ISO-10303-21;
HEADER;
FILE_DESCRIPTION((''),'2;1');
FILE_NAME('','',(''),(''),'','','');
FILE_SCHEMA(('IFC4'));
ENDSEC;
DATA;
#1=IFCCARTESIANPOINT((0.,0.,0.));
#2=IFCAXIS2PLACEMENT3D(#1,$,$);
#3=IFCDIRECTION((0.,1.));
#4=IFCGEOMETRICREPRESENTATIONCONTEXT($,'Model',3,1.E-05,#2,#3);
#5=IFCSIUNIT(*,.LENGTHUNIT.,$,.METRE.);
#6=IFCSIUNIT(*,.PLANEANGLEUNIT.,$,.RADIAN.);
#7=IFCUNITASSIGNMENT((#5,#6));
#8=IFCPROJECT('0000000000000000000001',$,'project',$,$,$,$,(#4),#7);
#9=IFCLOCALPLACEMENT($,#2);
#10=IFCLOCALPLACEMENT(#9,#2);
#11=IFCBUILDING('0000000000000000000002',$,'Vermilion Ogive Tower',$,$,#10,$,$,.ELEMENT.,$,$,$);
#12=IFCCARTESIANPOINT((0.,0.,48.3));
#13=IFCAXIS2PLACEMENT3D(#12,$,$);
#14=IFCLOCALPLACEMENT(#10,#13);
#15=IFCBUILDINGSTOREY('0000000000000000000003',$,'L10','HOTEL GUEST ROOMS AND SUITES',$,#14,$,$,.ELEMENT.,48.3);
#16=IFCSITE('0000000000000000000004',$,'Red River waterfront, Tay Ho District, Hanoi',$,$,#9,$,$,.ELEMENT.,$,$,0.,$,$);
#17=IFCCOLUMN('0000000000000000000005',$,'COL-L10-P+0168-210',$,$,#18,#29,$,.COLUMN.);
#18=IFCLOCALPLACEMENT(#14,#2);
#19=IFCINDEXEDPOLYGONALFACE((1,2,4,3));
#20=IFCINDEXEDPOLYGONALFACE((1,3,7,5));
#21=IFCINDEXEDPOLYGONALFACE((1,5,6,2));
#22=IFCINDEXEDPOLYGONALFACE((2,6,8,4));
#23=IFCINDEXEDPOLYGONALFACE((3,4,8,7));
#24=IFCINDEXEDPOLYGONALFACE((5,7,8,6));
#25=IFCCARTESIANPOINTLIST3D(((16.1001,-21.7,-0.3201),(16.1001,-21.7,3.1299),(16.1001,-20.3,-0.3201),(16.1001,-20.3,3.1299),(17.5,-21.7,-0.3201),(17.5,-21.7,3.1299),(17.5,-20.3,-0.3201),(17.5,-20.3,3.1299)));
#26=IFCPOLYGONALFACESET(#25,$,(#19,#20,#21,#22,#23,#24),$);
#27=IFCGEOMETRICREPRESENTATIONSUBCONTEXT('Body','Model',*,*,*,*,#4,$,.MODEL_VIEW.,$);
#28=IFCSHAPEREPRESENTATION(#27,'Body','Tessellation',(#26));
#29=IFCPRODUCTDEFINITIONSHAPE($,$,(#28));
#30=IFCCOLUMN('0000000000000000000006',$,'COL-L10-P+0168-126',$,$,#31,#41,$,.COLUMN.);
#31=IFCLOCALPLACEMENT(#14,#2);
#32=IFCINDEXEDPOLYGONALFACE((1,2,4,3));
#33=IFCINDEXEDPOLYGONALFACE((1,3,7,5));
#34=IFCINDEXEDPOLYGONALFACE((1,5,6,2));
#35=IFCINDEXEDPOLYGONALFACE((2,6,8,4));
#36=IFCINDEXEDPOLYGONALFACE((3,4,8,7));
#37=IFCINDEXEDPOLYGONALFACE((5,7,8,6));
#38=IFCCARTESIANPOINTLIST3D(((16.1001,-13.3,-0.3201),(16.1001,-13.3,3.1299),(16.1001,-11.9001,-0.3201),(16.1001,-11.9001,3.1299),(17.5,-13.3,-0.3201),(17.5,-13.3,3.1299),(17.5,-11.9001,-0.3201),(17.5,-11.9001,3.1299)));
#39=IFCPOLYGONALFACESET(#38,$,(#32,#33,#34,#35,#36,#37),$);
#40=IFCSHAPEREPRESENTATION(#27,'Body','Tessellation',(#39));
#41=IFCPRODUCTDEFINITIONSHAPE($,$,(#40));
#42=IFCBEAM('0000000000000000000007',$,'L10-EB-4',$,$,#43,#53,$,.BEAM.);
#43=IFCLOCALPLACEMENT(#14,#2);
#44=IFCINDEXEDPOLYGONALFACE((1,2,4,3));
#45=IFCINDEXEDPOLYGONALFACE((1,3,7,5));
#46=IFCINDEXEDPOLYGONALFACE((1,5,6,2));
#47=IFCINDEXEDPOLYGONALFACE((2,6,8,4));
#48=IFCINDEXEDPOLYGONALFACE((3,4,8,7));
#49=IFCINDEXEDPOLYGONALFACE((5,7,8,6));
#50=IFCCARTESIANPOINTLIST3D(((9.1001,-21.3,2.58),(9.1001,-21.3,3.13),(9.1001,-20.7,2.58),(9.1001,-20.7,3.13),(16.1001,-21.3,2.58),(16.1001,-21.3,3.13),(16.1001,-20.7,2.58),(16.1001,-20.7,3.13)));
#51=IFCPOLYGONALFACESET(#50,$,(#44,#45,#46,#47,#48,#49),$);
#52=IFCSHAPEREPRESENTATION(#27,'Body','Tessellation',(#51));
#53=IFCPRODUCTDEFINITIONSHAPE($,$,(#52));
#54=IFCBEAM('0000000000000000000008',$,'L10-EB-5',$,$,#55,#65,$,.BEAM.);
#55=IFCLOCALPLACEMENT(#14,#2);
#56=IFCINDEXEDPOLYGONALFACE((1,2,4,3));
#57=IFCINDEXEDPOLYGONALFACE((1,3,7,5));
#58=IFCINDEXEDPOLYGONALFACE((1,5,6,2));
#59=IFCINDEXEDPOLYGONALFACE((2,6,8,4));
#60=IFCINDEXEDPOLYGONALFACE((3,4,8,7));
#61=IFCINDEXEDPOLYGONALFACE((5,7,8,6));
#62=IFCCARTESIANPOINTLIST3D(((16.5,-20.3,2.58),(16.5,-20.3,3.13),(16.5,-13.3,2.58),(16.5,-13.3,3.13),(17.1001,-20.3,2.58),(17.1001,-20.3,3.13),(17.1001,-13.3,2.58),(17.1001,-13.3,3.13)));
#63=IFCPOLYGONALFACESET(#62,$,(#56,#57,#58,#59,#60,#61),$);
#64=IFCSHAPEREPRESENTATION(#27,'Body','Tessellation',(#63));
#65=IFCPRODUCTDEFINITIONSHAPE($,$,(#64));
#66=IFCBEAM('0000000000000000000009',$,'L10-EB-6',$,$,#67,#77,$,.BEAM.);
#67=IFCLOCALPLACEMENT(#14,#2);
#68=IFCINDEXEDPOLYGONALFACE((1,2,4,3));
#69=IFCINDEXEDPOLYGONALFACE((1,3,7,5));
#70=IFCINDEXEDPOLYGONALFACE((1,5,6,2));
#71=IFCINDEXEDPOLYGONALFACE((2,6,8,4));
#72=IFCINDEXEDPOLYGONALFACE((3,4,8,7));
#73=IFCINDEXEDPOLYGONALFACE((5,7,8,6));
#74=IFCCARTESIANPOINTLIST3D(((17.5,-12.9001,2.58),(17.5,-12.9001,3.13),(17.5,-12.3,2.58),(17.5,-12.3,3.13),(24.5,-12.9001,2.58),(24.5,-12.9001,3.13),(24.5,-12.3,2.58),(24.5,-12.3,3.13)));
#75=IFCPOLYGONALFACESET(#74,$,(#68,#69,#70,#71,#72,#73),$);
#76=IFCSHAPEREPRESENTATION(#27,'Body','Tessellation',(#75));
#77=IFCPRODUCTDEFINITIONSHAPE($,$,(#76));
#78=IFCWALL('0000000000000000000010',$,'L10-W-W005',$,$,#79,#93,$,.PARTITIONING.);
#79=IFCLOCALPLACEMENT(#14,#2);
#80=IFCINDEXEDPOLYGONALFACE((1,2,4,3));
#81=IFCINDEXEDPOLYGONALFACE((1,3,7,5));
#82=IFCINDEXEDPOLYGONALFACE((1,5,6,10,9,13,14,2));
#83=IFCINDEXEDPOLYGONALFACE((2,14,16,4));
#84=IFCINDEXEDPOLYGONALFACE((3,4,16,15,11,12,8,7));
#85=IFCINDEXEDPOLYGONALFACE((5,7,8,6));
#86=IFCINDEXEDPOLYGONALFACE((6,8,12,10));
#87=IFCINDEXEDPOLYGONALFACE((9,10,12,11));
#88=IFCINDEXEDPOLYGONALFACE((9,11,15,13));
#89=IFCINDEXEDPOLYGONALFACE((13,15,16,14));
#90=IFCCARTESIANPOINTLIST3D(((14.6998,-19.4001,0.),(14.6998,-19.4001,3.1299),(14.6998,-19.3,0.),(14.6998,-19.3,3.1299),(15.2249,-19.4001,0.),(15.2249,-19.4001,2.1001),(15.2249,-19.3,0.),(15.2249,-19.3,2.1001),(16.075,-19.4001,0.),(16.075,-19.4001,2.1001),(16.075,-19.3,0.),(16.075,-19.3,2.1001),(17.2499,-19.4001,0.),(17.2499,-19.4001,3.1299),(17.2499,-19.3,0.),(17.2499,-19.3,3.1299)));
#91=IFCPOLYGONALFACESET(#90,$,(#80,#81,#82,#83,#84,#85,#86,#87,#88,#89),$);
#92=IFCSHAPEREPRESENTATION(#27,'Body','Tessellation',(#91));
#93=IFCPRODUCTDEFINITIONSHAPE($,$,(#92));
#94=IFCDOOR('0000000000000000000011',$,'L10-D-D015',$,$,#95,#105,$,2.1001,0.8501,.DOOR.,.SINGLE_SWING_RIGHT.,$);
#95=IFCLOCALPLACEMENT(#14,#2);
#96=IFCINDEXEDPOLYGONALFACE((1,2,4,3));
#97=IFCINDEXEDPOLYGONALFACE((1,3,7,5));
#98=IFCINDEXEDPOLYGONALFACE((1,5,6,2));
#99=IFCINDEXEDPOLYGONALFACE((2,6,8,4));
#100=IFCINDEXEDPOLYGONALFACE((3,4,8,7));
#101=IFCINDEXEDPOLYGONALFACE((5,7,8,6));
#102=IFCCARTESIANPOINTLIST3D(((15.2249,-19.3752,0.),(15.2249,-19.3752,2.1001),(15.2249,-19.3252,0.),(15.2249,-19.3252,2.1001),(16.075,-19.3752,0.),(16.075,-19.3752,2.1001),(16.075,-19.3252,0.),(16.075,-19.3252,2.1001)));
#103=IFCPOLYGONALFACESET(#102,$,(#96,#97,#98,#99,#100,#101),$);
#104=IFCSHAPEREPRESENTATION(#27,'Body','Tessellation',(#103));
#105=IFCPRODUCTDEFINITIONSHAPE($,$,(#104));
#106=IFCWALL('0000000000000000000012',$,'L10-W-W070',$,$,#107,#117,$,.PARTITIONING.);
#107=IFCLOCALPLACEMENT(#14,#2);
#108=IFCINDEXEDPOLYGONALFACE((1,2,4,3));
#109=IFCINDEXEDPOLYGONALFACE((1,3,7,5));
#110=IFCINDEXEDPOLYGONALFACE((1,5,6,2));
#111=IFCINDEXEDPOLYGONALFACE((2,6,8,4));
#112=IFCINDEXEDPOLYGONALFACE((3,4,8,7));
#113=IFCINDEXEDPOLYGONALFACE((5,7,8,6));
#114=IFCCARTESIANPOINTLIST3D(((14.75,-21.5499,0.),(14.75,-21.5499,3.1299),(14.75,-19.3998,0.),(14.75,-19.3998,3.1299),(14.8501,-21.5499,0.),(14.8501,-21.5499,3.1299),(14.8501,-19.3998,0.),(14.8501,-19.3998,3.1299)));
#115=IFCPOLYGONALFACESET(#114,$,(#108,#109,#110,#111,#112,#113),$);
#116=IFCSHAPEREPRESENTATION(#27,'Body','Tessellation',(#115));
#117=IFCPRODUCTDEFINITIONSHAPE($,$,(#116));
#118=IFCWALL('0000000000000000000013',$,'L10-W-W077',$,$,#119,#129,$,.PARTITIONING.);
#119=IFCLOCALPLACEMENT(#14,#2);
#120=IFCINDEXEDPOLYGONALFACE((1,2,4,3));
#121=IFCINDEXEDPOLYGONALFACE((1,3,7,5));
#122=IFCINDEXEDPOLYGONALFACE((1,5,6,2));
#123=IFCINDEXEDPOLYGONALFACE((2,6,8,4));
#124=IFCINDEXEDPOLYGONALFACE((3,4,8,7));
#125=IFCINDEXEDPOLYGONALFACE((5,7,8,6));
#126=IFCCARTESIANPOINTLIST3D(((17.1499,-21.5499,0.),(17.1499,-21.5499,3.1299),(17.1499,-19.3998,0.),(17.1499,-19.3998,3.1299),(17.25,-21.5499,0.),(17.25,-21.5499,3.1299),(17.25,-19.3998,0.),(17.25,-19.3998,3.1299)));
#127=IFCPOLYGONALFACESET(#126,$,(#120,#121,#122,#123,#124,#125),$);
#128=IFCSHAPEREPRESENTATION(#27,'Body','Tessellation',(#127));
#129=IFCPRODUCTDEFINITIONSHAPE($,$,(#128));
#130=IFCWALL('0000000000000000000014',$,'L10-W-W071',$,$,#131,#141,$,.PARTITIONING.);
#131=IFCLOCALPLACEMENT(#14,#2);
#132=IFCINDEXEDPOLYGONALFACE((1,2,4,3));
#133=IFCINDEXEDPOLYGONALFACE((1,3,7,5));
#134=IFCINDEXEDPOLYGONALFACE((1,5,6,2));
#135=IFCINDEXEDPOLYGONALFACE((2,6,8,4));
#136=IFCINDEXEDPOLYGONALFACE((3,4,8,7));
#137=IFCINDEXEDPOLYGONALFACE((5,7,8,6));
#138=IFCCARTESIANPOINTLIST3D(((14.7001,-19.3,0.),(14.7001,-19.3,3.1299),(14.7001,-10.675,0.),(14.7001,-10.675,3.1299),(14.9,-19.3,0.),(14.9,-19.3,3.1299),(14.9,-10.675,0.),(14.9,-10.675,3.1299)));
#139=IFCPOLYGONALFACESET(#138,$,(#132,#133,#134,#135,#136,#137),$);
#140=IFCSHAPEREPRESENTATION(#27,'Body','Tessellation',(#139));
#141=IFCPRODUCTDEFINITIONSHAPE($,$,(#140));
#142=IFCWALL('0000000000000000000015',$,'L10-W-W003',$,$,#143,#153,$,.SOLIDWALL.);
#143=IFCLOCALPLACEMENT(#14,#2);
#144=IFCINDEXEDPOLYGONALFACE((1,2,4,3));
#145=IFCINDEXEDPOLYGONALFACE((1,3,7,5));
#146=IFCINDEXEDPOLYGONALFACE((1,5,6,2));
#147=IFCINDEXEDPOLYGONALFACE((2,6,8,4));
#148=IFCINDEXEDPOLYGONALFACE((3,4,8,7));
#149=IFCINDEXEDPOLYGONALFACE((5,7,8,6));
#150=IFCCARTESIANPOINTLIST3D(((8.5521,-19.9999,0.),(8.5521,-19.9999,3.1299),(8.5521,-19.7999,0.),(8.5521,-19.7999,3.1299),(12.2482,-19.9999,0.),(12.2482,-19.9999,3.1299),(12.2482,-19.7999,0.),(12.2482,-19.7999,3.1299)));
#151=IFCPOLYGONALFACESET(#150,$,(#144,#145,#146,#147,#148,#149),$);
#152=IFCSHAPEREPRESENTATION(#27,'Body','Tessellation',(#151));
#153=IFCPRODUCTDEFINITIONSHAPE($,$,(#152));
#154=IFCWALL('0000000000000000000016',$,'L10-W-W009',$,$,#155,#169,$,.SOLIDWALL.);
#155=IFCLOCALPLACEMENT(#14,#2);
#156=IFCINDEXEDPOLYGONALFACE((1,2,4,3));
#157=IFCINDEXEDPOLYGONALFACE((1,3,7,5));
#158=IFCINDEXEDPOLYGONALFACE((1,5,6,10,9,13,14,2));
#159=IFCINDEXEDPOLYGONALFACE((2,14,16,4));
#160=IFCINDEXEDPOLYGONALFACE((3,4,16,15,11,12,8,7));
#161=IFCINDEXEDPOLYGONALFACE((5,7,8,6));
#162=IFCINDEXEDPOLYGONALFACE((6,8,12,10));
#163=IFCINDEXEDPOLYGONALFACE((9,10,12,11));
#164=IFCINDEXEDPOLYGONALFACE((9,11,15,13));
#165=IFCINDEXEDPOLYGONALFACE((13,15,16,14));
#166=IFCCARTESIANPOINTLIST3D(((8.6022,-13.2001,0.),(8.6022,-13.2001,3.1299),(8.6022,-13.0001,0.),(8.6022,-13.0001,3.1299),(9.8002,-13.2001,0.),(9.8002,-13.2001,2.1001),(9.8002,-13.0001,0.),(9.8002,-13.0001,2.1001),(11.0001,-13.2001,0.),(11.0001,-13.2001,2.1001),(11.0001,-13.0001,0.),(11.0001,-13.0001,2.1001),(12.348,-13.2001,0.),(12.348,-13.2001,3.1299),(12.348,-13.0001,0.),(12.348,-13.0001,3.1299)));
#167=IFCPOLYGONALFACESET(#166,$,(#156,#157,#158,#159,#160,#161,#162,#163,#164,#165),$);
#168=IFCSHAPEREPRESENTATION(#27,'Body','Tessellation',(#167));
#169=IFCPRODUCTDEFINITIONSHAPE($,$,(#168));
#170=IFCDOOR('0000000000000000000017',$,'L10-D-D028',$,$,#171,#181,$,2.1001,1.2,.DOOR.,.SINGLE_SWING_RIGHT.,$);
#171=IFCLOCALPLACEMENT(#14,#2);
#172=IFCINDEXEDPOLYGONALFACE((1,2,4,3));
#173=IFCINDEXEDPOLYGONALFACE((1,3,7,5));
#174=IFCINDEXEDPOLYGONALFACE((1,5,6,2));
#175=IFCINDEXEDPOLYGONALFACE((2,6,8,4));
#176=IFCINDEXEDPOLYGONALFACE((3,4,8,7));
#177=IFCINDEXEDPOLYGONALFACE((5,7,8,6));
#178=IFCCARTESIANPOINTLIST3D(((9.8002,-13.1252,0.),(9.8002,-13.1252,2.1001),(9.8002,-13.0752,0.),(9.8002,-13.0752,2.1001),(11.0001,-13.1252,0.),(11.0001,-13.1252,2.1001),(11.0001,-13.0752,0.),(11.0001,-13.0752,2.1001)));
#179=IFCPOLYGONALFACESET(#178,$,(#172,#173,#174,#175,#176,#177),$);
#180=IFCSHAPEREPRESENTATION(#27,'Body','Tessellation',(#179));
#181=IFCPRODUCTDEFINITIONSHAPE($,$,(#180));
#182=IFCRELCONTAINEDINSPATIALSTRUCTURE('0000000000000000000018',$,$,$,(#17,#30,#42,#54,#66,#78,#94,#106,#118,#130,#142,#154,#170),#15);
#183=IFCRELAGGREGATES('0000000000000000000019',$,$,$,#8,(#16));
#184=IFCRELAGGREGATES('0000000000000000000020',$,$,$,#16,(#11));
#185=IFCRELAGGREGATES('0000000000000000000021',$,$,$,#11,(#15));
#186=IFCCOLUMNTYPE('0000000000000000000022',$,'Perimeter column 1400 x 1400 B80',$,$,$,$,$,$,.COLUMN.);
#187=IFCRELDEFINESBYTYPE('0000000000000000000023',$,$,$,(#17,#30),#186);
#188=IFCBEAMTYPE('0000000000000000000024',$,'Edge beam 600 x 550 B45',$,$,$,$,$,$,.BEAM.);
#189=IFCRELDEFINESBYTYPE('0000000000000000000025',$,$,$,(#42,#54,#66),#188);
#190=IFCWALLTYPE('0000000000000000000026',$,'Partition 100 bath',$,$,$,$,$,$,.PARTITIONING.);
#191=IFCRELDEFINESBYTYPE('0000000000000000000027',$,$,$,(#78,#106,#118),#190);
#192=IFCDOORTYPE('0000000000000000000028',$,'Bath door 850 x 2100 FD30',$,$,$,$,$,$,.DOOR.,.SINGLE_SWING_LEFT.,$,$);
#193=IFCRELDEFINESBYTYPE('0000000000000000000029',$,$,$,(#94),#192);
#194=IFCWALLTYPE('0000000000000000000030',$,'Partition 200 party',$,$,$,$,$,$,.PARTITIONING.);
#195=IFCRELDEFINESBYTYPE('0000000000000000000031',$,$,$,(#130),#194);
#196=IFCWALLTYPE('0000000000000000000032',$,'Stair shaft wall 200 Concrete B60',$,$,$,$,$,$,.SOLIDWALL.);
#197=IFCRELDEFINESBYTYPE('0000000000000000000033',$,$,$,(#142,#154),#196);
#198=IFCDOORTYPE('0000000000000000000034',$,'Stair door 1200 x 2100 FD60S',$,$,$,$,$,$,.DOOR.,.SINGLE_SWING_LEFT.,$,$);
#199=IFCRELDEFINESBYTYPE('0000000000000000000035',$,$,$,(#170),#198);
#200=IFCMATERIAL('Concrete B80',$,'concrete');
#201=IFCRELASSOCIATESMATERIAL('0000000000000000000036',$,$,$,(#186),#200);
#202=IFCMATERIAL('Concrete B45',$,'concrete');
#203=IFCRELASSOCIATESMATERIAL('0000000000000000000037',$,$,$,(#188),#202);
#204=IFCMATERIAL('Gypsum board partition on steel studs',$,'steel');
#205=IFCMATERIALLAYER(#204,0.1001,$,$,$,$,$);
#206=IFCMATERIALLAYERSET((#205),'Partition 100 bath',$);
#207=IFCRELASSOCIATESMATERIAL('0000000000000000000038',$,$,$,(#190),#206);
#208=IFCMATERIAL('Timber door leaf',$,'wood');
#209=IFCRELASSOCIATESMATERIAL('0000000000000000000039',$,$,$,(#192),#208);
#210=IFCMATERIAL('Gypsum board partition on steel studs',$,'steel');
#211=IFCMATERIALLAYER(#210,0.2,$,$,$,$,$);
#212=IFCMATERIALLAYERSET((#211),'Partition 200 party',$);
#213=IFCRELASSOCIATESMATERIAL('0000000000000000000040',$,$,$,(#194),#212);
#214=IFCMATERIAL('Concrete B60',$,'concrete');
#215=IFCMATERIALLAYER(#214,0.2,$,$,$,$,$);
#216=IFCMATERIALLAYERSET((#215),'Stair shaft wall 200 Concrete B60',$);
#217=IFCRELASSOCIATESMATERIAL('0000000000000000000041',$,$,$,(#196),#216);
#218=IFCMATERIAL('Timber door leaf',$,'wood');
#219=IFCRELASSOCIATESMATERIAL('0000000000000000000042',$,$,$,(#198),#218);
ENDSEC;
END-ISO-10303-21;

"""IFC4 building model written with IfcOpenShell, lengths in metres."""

from ifc_helpers import new_model, si_unit, direction, frame, frame_2d, origin, origin_2d, place, context, subcontext, project, spatial, rectangle, extrude, material, layer, layer_set, material_profile, profile_set, type_object, element, fill, save


model = new_model("IFC4")

# Units and contexts
model_context = context("Model", 3, precision=1e-05, world=origin(), true_north=direction((0.0, 1.0)))
body_context = subcontext(model_context, "Body", "Model", "MODEL_VIEW")
ifc_project = project(units=[si_unit("LENGTHUNIT", "METRE"), si_unit("PLANEANGLEUNIT", "RADIAN")], contexts=[model_context])

# Site, building, storey
site_placement = place(None, origin())
site = spatial("IfcSite", under=ifc_project, at=site_placement, Name="Red River waterfront, Tay Ho District, Hanoi", CompositionType="ELEMENT", RefElevation=0.0)
building_placement = place(site_placement, origin())
building = spatial("IfcBuilding", under=site, at=building_placement, Name="Vermilion Ogive Tower", CompositionType="ELEMENT")
storey_placement = place(building_placement, frame((0.0, 0.0, 48.3)))
storey = spatial("IfcBuildingStorey", under=building, at=storey_placement, Name="L10", Description="HOTEL GUEST ROOMS AND SUITES", CompositionType="ELEMENT", Elevation=48.3)

# Columns
ifc_material_1 = material(Name="Concrete B80", Category="concrete")
ifc_material_profile_1 = material_profile(ifc_material_1, rectangle(XDim=1.3999, YDim=1.3999, at=origin_2d()), Name="1400 x 1400")
ifc_profile_set_1 = profile_set([ifc_material_profile_1], Name="Concrete B80")
column_type = type_object("IfcColumnType", Name="Perimeter column 1400 x 1400 B80", PredefinedType="COLUMN", material=ifc_profile_set_1)
for number, where, z_axis, x_axis, name in (
    (1, (16.8, -21.0, -0.3201), (0.0, 0.0, 1.0), (1.0, 0.0, 0.0), "COL-L10-P+0168-210"),
    (2, (16.8, -12.6001, -0.3201), (0.0, 0.0, 1.0), (1.0, 0.0, 0.0), "COL-L10-P+0168-126"),
):
    element("IfcColumn", number, at=place(storey_placement, frame(where, z_axis=z_axis, x_axis=x_axis)), inside=storey, type_object=column_type, Name=name, PredefinedType="COLUMN", context=body_context, shape_type="SweptSolid", body=[
        extrude(rectangle(XDim=1.3999, YDim=1.3999, at=origin_2d()), origin(), (0.0, 0.0, 1.0), 3.45),
    ])

# Beams
ifc_material_2 = material(Name="Concrete B45", Category="concrete")
ifc_material_profile_2 = material_profile(ifc_material_2, rectangle(XDim=0.6001, YDim=0.55, at=origin_2d()), Name="600 x 550")
ifc_profile_set_2 = profile_set([ifc_material_profile_2], Name="Concrete B45")
beam_type = type_object("IfcBeamType", Name="Edge beam 600 x 550 B45", PredefinedType="BEAM", material=ifc_profile_set_2)
for number, where, z_axis, x_axis, name in (
    (3, (9.1001, -21.0, 2.855), (1.0, 0.0, 0.0), (0.0, 1.0, 0.0), "L10-EB-4"),
    (4, (16.8, -20.3, 2.855), (0.0, 1.0, 0.0), (-1.0, 0.0, 0.0), "L10-EB-5"),
    (5, (17.5, -12.6001, 2.855), (1.0, 0.0, 0.0), (0.0, 1.0, 0.0), "L10-EB-6"),
):
    element("IfcBeam", number, at=place(storey_placement, frame(where, z_axis=z_axis, x_axis=x_axis)), inside=storey, type_object=beam_type, Name=name, PredefinedType="BEAM", context=body_context, shape_type="SweptSolid", body=[
        extrude(rectangle(XDim=0.6001, YDim=0.55, at=origin_2d()), origin(), (0.0, 0.0, 1.0), 7.0),
    ])

# Wall, opening, door
ifc_material_3 = material(Name="Gypsum board partition on steel studs", Category="steel")
ifc_layer_1 = layer(ifc_material_3, 0.1001)
ifc_layer_set_1 = layer_set([ifc_layer_1], Name="Partition 100 bath")
wall_type_1 = type_object("IfcWallType", Name="Partition 100 bath", PredefinedType="PARTITIONING", material=ifc_layer_set_1)
wall_1_placement = place(storey_placement, frame((14.7, -19.3501, 0.0), z_axis=(0.0, 0.0, 1.0), x_axis=(1.0, 0.0, 0.0)))
wall_1 = element("IfcWall", 6, at=wall_1_placement, inside=storey, type_object=wall_type_1, Name="L10-W-W005", PredefinedType="PARTITIONING", context=body_context, shape_type="SweptSolid", body=[
    extrude(rectangle(XDim=2.55, YDim=0.1001, at=frame_2d((1.2749, 0.0))), origin(), (0.0, 0.0, 1.0), 3.1299),
])
opening_1_placement = place(wall_1_placement, frame((0.5249, 0.0, 0.0)))
opening_1 = element("IfcOpeningElement", 7, at=opening_1_placement, cuts=wall_1, PredefinedType="OPENING", context=body_context, shape_type="SweptSolid", body=[
    extrude(rectangle(XDim=0.8501, YDim=2.1001, at=frame_2d((0.425, 1.05))), frame((0.0, 0.0601, 0.0), z_axis=(0.0, -1.0, 0.0), x_axis=(1.0, 0.0, 0.0)), (0.0, 0.0, 1.0), 0.1201),
])
ifc_material_4 = material(Name="Timber door leaf", Category="wood")
door_type_1 = type_object("IfcDoorType", Name="Bath door 850 x 2100 FD30", OperationType="SINGLE_SWING_LEFT", PredefinedType="DOOR", material=ifc_material_4)
door_1_placement = place(opening_1_placement, origin())
door_1 = element("IfcDoor", 8, at=door_1_placement, inside=storey, type_object=door_type_1, Name="L10-D-D015", OperationType="SINGLE_SWING_RIGHT", OverallHeight=2.1001, OverallWidth=0.8501, PredefinedType="DOOR", context=body_context, shape_type="SweptSolid", body=[
    extrude(rectangle(XDim=0.8501, YDim=2.1001, at=frame_2d((0.425, 1.05))), frame((0.0, 0.0249, 0.0), z_axis=(0.0, -1.0, 0.0), x_axis=(1.0, 0.0, 0.0)), (0.0, 0.0, 1.0), 0.05),
])
fill(opening_1, door_1)

# Walls
for number, where, z_axis, x_axis, name in (
    (9, (14.8, -21.55, 0.0), (0.0, 0.0, 1.0), (0.0, 1.0, 0.0), "L10-W-W070"),
    (10, (17.2, -21.55, 0.0), (0.0, 0.0, 1.0), (0.0, 1.0, 0.0), "L10-W-W077"),
):
    element("IfcWall", number, at=place(storey_placement, frame(where, z_axis=z_axis, x_axis=x_axis)), inside=storey, type_object=wall_type_1, Name=name, PredefinedType="PARTITIONING", context=body_context, shape_type="SweptSolid", body=[
        extrude(rectangle(XDim=2.1501, YDim=0.1001, at=frame_2d((1.0752, 0.0))), origin(), (0.0, 0.0, 1.0), 3.1299),
    ])
ifc_material_5 = material(Name="Gypsum board partition on steel studs", Category="steel")
ifc_layer_2 = layer(ifc_material_5, 0.2)
ifc_layer_set_2 = layer_set([ifc_layer_2], Name="Partition 200 party")
wall_type_2 = type_object("IfcWallType", Name="Partition 200 party", PredefinedType="PARTITIONING", material=ifc_layer_set_2)
wall_2_placement = place(storey_placement, frame((14.8, -19.3, 0.0), z_axis=(0.0, 0.0, 1.0), x_axis=(0.0, 1.0, 0.0)))
element("IfcWall", 11, at=wall_2_placement, inside=storey, type_object=wall_type_2, Name="L10-W-W071", PredefinedType="PARTITIONING", context=body_context, shape_type="SweptSolid", body=[
    extrude(rectangle(XDim=8.625, YDim=0.2, at=frame_2d((4.3125, 0.0))), origin(), (0.0, 0.0, 1.0), 3.1299),
])
ifc_material_6 = material(Name="Concrete B60", Category="concrete")
ifc_layer_3 = layer(ifc_material_6, 0.2)
ifc_layer_set_3 = layer_set([ifc_layer_3], Name="Stair shaft wall 200 Concrete B60")
wall_type_3 = type_object("IfcWallType", Name="Stair shaft wall 200 Concrete B60", PredefinedType="SOLIDWALL", material=ifc_layer_set_3)
wall_3_placement = place(storey_placement, frame((8.552, -19.8999, 0.0), z_axis=(0.0, 0.0, 1.0), x_axis=(1.0, 0.0, 0.0)))
element("IfcWall", 12, at=wall_3_placement, inside=storey, type_object=wall_type_3, Name="L10-W-W003", PredefinedType="SOLIDWALL", context=body_context, shape_type="SweptSolid", body=[
    extrude(rectangle(XDim=3.696, YDim=0.2, at=frame_2d((1.8481, 0.0))), origin(), (0.0, 0.0, 1.0), 3.1299),
])

# Wall, opening, door
wall_4_placement = place(storey_placement, frame((8.6021, -13.1001, 0.0), z_axis=(0.0, 0.0, 1.0), x_axis=(1.0, 0.0, 0.0)))
wall_4 = element("IfcWall", 13, at=wall_4_placement, inside=storey, type_object=wall_type_3, Name="L10-W-W009", PredefinedType="SOLIDWALL", context=body_context, shape_type="SweptSolid", body=[
    extrude(rectangle(XDim=3.7458, YDim=0.2, at=frame_2d((1.873, 0.0))), origin(), (0.0, 0.0, 1.0), 3.1299),
])
opening_2_placement = place(wall_4_placement, frame((1.198, 0.0, 0.0)))
opening_2 = element("IfcOpeningElement", 14, at=opening_2_placement, cuts=wall_4, PredefinedType="OPENING", context=body_context, shape_type="SweptSolid", body=[
    extrude(rectangle(XDim=1.2, YDim=2.1001, at=frame_2d((0.6001, 1.05))), frame((0.0, 0.1099, 0.0), z_axis=(0.0, -1.0, 0.0), x_axis=(1.0, 0.0, 0.0)), (0.0, 0.0, 1.0), 0.22),
])
ifc_material_7 = material(Name="Timber door leaf", Category="wood")
door_type_2 = type_object("IfcDoorType", Name="Stair door 1200 x 2100 FD60S", OperationType="SINGLE_SWING_LEFT", PredefinedType="DOOR", material=ifc_material_7)
door_2_placement = place(opening_2_placement, origin())
door_2 = element("IfcDoor", 15, at=door_2_placement, inside=storey, type_object=door_type_2, Name="L10-D-D028", OperationType="SINGLE_SWING_RIGHT", OverallHeight=2.1001, OverallWidth=1.2, PredefinedType="DOOR", context=body_context, shape_type="SweptSolid", body=[
    extrude(rectangle(XDim=1.2, YDim=2.1001, at=frame_2d((0.6001, 1.05))), frame((0.0, 0.0249, 0.0), z_axis=(0.0, -1.0, 0.0), x_axis=(1.0, 0.0, 0.0)), (0.0, 0.0, 1.0), 0.05),
])
fill(opening_2, door_2)

save(model, "model.ifc")
